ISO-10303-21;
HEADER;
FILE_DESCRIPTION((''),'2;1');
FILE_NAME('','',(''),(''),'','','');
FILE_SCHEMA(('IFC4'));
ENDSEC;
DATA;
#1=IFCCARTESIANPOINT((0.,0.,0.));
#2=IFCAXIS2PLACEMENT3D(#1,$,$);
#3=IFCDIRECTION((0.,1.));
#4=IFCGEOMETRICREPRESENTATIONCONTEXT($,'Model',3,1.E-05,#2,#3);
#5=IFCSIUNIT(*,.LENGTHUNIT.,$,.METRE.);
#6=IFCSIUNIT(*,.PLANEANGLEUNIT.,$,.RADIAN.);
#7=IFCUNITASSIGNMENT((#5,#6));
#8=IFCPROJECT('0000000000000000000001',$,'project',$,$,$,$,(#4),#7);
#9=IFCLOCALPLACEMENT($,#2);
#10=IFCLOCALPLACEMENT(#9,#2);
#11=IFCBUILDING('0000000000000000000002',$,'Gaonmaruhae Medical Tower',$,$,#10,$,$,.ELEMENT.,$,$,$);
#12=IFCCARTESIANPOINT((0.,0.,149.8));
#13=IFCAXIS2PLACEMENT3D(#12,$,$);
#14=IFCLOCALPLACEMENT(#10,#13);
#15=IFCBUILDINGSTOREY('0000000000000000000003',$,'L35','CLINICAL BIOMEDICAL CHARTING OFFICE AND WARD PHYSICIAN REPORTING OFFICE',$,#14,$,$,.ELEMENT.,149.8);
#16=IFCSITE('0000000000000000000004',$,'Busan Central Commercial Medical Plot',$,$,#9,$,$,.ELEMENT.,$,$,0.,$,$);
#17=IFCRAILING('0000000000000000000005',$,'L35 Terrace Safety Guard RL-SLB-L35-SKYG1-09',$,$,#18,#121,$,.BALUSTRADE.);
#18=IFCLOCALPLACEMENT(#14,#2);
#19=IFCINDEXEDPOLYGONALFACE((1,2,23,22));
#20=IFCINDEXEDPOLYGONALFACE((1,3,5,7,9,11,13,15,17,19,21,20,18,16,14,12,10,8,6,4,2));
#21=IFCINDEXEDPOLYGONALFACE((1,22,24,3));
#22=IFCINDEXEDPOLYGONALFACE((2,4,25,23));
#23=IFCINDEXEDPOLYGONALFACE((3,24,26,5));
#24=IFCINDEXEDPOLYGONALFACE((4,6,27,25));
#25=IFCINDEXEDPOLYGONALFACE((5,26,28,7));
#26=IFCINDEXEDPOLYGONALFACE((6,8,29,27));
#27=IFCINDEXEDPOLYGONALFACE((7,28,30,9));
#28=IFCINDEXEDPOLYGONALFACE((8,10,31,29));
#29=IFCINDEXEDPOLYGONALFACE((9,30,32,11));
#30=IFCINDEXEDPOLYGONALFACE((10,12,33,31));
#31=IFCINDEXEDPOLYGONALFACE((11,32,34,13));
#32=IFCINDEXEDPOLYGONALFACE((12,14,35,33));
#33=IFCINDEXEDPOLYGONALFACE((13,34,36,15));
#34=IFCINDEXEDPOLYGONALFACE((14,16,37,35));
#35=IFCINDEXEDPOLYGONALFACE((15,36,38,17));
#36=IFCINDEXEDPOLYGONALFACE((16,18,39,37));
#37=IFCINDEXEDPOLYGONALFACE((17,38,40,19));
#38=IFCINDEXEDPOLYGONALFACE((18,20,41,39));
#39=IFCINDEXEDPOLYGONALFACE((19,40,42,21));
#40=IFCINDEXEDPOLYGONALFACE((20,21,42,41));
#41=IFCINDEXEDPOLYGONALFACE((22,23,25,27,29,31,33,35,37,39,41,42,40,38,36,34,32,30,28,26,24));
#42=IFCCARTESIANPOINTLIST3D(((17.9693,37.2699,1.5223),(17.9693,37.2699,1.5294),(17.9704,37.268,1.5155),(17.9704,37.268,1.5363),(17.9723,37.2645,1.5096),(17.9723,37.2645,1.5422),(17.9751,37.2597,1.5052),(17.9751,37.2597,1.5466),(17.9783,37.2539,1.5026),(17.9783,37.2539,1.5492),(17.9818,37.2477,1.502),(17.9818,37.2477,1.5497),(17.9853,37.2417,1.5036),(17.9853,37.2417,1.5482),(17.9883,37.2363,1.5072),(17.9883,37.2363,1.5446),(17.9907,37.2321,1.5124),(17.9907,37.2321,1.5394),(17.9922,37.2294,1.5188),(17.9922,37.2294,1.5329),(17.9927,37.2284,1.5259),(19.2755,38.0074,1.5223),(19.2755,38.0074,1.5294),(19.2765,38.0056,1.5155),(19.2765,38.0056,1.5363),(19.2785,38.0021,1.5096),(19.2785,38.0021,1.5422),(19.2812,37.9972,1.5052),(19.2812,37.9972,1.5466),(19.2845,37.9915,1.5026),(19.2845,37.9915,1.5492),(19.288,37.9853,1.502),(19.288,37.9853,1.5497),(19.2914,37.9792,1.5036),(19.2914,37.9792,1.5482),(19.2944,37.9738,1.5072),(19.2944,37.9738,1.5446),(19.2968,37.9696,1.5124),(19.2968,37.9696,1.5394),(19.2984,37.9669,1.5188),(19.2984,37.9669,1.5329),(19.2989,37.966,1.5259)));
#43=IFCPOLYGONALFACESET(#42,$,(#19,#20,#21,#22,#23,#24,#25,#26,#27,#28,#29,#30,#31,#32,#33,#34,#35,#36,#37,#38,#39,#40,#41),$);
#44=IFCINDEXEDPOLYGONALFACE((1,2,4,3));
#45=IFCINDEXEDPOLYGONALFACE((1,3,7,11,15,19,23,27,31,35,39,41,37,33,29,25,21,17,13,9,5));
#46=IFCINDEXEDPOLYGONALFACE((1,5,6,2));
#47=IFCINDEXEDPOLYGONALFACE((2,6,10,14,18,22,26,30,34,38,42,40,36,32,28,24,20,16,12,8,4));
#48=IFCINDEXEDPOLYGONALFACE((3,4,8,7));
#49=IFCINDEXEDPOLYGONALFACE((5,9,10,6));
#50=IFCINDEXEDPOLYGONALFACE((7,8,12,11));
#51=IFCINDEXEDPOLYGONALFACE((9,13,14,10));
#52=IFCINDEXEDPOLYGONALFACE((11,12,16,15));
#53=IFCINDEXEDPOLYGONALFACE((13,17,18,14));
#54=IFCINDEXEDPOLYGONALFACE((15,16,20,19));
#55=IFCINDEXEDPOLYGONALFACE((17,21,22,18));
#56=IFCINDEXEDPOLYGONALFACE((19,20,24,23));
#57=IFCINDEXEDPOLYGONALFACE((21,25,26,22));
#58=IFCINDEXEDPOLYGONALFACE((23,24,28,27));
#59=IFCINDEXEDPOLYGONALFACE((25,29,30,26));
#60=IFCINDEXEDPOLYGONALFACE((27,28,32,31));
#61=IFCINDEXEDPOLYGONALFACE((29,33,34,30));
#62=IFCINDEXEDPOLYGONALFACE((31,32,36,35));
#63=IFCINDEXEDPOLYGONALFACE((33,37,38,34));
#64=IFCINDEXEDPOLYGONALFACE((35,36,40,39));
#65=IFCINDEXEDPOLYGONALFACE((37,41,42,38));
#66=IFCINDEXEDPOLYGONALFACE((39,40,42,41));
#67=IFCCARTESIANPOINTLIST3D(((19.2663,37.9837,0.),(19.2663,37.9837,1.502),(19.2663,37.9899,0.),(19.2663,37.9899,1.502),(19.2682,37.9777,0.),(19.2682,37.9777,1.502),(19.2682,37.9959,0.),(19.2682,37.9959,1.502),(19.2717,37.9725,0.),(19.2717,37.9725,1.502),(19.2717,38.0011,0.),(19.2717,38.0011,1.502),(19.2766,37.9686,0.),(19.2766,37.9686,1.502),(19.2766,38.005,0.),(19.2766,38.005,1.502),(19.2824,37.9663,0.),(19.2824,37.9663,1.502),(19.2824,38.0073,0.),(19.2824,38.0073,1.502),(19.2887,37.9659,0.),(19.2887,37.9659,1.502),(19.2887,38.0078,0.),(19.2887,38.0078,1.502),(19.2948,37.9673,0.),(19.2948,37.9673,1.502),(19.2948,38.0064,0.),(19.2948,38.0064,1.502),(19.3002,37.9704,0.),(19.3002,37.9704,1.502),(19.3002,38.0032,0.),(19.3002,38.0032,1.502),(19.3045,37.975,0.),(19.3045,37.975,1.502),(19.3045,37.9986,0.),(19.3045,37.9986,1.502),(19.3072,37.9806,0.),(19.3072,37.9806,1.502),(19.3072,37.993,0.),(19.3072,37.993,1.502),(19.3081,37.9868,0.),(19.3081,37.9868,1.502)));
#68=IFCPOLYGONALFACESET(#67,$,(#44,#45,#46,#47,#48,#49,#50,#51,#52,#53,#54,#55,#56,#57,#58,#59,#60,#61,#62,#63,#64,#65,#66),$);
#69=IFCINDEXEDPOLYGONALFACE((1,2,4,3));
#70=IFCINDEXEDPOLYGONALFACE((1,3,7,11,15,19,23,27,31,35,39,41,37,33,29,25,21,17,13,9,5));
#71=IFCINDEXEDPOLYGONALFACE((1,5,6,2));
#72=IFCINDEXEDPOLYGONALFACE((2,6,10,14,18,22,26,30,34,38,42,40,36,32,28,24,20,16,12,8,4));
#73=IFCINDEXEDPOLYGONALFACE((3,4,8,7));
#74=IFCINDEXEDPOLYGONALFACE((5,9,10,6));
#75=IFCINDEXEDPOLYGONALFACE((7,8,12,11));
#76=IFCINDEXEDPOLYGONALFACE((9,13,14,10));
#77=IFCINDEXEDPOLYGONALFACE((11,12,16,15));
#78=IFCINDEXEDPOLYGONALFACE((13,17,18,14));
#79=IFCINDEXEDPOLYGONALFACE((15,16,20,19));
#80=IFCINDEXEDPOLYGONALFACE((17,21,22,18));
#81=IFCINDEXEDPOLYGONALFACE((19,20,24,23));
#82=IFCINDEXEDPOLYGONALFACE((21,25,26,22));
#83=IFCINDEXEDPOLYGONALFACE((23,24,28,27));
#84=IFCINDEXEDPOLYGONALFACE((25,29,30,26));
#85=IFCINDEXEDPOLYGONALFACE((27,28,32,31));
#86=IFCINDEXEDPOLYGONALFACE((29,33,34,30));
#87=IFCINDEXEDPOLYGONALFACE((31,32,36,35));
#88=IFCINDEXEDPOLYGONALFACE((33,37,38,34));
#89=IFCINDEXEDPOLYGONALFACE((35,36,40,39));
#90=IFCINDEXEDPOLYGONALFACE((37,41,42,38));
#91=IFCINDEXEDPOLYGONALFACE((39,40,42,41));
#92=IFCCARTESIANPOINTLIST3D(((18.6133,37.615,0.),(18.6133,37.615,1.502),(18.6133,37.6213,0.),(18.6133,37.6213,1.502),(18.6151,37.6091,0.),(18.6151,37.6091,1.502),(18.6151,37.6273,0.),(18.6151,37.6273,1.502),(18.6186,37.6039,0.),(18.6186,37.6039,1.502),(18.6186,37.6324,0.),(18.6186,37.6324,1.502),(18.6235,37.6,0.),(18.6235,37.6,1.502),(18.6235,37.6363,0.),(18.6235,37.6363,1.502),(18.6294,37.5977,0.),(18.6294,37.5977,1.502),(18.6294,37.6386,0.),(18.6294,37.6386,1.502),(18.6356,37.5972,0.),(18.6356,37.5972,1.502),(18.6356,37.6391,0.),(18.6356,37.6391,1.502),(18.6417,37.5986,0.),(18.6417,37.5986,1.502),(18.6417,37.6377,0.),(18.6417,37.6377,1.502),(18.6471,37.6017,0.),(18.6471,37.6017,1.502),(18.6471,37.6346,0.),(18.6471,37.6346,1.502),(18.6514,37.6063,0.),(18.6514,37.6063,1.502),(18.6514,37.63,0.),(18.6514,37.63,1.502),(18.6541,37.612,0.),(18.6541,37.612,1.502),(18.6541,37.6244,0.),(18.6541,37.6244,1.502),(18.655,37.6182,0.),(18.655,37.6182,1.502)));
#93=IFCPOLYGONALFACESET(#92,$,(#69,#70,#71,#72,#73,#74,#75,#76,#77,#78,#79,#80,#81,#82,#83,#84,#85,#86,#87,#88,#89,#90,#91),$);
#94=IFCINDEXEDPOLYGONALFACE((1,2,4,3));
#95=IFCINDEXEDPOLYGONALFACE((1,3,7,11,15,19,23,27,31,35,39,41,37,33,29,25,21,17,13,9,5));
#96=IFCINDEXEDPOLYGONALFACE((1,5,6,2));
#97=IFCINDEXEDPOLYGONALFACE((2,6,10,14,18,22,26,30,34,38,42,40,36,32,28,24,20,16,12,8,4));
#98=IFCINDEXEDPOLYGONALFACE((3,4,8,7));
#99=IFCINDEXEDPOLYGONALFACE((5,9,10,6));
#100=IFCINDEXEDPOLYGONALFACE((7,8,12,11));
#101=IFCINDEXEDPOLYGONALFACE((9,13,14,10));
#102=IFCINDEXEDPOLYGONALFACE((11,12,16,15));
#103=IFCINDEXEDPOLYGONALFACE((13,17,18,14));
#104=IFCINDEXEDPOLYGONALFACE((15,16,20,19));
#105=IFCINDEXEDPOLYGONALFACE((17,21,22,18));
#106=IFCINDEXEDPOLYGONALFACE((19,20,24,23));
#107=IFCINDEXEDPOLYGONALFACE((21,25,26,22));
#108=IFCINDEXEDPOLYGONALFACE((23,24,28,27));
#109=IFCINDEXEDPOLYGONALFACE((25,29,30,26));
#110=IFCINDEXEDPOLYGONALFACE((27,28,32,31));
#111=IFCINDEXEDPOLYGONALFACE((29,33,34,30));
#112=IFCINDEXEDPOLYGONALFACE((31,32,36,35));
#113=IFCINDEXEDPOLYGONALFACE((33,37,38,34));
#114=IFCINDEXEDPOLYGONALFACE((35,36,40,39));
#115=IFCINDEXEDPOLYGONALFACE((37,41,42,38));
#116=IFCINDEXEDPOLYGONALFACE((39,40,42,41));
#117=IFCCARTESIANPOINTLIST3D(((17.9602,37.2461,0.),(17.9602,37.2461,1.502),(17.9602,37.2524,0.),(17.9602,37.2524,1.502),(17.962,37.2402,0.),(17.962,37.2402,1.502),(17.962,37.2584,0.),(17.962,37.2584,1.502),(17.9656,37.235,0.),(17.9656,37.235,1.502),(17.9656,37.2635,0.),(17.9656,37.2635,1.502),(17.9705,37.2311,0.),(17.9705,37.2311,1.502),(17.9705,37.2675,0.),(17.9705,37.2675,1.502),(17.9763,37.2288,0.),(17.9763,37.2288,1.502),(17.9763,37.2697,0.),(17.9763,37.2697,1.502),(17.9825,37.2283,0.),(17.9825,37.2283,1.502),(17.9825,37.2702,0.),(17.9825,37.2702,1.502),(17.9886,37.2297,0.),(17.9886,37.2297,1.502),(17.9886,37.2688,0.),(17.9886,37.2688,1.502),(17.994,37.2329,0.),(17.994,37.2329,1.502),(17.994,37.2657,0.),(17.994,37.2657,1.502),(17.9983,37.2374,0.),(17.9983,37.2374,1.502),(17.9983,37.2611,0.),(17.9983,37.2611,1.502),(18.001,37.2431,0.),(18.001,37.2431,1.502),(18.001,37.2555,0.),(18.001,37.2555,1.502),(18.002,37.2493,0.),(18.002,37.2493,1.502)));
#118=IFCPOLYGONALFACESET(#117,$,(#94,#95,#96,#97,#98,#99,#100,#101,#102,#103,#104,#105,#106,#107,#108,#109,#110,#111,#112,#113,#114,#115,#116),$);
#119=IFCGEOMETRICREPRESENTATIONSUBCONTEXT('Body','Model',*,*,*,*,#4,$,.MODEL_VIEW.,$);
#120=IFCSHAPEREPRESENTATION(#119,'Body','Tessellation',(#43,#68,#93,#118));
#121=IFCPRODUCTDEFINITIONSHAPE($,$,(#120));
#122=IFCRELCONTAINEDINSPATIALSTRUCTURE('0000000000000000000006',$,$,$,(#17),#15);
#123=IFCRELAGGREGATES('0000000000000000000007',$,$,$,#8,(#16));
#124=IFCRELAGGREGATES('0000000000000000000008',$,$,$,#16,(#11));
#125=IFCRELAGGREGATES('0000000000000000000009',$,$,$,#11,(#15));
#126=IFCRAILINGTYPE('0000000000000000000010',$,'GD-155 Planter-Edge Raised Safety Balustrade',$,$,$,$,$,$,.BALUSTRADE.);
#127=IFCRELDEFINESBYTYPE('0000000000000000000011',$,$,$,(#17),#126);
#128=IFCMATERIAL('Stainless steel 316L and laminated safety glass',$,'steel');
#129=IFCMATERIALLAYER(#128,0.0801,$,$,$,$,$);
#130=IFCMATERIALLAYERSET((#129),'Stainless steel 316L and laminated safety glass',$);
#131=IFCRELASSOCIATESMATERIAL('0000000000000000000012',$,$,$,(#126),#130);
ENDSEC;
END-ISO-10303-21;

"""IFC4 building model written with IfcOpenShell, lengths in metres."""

from ifc_helpers import new_model, si_unit, direction, frame, origin, origin_2d, place, context, subcontext, project, spatial, circle, extrude, material, layer, layer_set, type_object, element, save


model = new_model("IFC4")

# Units and contexts
model_context = context("Model", 3, precision=1e-05, world=origin(), true_north=direction((0.0, 1.0)))
body_context = subcontext(model_context, "Body", "Model", "MODEL_VIEW")
ifc_project = project(units=[si_unit("LENGTHUNIT", "METRE"), si_unit("PLANEANGLEUNIT", "RADIAN")], contexts=[model_context])

# Site, building, storey
site_placement = place(None, origin())
site = spatial("IfcSite", under=ifc_project, at=site_placement, Name="Busan Central Commercial Medical Plot", CompositionType="ELEMENT", RefElevation=0.0)
building_placement = place(site_placement, origin())
building = spatial("IfcBuilding", under=site, at=building_placement, Name="Gaonmaruhae Medical Tower", CompositionType="ELEMENT")
storey_placement = place(building_placement, frame((0.0, 0.0, 149.8)))
storey = spatial("IfcBuildingStorey", under=building, at=storey_placement, Name="L35", Description="CLINICAL BIOMEDICAL CHARTING OFFICE AND WARD PHYSICIAN REPORTING OFFICE", CompositionType="ELEMENT", Elevation=149.8)

# Railing
ifc_material_1 = material(Name="Stainless steel 316L and laminated safety glass", Category="steel")
ifc_layer_1 = layer(ifc_material_1, 0.0801)
ifc_layer_set_1 = layer_set([ifc_layer_1], Name="Stainless steel 316L and laminated safety glass")
railing_type = type_object("IfcRailingType", Name="GD-155 Planter-Edge Raised Safety Balustrade", PredefinedType="BALUSTRADE", material=ifc_layer_set_1)
railing_1_placement = place(storey_placement, frame((19.2871, 37.9868, 0.0)))
element("IfcRailing", 1, at=railing_1_placement, inside=storey, type_object=railing_type, Name="L35 Terrace Safety Guard RL-SLB-L35-SKYG1-09", PredefinedType="BALUSTRADE", context=body_context, shape_type="SweptSolid", body=[
    extrude(circle(Radius=0.0239, at=origin_2d()), frame((0.0, 0.0, 1.5259), z_axis=(-0.870766, -0.491698, 0.0), x_axis=(0.491698, -0.870766, 0.0)), (0.0, 0.0, 1.0), 1.5),
    extrude(circle(Radius=0.021, at=origin_2d()), origin(), (0.0, 0.0, 1.0), 1.502),
    extrude(circle(Radius=0.021, at=origin_2d()), frame((-0.6531, -0.3687, 0.0)), (0.0, 0.0, 1.0), 1.502),
    extrude(circle(Radius=0.021, at=origin_2d()), frame((-1.3062, -0.7375, 0.0)), (0.0, 0.0, 1.0), 1.502),
])

save(model, "model.ifc")
